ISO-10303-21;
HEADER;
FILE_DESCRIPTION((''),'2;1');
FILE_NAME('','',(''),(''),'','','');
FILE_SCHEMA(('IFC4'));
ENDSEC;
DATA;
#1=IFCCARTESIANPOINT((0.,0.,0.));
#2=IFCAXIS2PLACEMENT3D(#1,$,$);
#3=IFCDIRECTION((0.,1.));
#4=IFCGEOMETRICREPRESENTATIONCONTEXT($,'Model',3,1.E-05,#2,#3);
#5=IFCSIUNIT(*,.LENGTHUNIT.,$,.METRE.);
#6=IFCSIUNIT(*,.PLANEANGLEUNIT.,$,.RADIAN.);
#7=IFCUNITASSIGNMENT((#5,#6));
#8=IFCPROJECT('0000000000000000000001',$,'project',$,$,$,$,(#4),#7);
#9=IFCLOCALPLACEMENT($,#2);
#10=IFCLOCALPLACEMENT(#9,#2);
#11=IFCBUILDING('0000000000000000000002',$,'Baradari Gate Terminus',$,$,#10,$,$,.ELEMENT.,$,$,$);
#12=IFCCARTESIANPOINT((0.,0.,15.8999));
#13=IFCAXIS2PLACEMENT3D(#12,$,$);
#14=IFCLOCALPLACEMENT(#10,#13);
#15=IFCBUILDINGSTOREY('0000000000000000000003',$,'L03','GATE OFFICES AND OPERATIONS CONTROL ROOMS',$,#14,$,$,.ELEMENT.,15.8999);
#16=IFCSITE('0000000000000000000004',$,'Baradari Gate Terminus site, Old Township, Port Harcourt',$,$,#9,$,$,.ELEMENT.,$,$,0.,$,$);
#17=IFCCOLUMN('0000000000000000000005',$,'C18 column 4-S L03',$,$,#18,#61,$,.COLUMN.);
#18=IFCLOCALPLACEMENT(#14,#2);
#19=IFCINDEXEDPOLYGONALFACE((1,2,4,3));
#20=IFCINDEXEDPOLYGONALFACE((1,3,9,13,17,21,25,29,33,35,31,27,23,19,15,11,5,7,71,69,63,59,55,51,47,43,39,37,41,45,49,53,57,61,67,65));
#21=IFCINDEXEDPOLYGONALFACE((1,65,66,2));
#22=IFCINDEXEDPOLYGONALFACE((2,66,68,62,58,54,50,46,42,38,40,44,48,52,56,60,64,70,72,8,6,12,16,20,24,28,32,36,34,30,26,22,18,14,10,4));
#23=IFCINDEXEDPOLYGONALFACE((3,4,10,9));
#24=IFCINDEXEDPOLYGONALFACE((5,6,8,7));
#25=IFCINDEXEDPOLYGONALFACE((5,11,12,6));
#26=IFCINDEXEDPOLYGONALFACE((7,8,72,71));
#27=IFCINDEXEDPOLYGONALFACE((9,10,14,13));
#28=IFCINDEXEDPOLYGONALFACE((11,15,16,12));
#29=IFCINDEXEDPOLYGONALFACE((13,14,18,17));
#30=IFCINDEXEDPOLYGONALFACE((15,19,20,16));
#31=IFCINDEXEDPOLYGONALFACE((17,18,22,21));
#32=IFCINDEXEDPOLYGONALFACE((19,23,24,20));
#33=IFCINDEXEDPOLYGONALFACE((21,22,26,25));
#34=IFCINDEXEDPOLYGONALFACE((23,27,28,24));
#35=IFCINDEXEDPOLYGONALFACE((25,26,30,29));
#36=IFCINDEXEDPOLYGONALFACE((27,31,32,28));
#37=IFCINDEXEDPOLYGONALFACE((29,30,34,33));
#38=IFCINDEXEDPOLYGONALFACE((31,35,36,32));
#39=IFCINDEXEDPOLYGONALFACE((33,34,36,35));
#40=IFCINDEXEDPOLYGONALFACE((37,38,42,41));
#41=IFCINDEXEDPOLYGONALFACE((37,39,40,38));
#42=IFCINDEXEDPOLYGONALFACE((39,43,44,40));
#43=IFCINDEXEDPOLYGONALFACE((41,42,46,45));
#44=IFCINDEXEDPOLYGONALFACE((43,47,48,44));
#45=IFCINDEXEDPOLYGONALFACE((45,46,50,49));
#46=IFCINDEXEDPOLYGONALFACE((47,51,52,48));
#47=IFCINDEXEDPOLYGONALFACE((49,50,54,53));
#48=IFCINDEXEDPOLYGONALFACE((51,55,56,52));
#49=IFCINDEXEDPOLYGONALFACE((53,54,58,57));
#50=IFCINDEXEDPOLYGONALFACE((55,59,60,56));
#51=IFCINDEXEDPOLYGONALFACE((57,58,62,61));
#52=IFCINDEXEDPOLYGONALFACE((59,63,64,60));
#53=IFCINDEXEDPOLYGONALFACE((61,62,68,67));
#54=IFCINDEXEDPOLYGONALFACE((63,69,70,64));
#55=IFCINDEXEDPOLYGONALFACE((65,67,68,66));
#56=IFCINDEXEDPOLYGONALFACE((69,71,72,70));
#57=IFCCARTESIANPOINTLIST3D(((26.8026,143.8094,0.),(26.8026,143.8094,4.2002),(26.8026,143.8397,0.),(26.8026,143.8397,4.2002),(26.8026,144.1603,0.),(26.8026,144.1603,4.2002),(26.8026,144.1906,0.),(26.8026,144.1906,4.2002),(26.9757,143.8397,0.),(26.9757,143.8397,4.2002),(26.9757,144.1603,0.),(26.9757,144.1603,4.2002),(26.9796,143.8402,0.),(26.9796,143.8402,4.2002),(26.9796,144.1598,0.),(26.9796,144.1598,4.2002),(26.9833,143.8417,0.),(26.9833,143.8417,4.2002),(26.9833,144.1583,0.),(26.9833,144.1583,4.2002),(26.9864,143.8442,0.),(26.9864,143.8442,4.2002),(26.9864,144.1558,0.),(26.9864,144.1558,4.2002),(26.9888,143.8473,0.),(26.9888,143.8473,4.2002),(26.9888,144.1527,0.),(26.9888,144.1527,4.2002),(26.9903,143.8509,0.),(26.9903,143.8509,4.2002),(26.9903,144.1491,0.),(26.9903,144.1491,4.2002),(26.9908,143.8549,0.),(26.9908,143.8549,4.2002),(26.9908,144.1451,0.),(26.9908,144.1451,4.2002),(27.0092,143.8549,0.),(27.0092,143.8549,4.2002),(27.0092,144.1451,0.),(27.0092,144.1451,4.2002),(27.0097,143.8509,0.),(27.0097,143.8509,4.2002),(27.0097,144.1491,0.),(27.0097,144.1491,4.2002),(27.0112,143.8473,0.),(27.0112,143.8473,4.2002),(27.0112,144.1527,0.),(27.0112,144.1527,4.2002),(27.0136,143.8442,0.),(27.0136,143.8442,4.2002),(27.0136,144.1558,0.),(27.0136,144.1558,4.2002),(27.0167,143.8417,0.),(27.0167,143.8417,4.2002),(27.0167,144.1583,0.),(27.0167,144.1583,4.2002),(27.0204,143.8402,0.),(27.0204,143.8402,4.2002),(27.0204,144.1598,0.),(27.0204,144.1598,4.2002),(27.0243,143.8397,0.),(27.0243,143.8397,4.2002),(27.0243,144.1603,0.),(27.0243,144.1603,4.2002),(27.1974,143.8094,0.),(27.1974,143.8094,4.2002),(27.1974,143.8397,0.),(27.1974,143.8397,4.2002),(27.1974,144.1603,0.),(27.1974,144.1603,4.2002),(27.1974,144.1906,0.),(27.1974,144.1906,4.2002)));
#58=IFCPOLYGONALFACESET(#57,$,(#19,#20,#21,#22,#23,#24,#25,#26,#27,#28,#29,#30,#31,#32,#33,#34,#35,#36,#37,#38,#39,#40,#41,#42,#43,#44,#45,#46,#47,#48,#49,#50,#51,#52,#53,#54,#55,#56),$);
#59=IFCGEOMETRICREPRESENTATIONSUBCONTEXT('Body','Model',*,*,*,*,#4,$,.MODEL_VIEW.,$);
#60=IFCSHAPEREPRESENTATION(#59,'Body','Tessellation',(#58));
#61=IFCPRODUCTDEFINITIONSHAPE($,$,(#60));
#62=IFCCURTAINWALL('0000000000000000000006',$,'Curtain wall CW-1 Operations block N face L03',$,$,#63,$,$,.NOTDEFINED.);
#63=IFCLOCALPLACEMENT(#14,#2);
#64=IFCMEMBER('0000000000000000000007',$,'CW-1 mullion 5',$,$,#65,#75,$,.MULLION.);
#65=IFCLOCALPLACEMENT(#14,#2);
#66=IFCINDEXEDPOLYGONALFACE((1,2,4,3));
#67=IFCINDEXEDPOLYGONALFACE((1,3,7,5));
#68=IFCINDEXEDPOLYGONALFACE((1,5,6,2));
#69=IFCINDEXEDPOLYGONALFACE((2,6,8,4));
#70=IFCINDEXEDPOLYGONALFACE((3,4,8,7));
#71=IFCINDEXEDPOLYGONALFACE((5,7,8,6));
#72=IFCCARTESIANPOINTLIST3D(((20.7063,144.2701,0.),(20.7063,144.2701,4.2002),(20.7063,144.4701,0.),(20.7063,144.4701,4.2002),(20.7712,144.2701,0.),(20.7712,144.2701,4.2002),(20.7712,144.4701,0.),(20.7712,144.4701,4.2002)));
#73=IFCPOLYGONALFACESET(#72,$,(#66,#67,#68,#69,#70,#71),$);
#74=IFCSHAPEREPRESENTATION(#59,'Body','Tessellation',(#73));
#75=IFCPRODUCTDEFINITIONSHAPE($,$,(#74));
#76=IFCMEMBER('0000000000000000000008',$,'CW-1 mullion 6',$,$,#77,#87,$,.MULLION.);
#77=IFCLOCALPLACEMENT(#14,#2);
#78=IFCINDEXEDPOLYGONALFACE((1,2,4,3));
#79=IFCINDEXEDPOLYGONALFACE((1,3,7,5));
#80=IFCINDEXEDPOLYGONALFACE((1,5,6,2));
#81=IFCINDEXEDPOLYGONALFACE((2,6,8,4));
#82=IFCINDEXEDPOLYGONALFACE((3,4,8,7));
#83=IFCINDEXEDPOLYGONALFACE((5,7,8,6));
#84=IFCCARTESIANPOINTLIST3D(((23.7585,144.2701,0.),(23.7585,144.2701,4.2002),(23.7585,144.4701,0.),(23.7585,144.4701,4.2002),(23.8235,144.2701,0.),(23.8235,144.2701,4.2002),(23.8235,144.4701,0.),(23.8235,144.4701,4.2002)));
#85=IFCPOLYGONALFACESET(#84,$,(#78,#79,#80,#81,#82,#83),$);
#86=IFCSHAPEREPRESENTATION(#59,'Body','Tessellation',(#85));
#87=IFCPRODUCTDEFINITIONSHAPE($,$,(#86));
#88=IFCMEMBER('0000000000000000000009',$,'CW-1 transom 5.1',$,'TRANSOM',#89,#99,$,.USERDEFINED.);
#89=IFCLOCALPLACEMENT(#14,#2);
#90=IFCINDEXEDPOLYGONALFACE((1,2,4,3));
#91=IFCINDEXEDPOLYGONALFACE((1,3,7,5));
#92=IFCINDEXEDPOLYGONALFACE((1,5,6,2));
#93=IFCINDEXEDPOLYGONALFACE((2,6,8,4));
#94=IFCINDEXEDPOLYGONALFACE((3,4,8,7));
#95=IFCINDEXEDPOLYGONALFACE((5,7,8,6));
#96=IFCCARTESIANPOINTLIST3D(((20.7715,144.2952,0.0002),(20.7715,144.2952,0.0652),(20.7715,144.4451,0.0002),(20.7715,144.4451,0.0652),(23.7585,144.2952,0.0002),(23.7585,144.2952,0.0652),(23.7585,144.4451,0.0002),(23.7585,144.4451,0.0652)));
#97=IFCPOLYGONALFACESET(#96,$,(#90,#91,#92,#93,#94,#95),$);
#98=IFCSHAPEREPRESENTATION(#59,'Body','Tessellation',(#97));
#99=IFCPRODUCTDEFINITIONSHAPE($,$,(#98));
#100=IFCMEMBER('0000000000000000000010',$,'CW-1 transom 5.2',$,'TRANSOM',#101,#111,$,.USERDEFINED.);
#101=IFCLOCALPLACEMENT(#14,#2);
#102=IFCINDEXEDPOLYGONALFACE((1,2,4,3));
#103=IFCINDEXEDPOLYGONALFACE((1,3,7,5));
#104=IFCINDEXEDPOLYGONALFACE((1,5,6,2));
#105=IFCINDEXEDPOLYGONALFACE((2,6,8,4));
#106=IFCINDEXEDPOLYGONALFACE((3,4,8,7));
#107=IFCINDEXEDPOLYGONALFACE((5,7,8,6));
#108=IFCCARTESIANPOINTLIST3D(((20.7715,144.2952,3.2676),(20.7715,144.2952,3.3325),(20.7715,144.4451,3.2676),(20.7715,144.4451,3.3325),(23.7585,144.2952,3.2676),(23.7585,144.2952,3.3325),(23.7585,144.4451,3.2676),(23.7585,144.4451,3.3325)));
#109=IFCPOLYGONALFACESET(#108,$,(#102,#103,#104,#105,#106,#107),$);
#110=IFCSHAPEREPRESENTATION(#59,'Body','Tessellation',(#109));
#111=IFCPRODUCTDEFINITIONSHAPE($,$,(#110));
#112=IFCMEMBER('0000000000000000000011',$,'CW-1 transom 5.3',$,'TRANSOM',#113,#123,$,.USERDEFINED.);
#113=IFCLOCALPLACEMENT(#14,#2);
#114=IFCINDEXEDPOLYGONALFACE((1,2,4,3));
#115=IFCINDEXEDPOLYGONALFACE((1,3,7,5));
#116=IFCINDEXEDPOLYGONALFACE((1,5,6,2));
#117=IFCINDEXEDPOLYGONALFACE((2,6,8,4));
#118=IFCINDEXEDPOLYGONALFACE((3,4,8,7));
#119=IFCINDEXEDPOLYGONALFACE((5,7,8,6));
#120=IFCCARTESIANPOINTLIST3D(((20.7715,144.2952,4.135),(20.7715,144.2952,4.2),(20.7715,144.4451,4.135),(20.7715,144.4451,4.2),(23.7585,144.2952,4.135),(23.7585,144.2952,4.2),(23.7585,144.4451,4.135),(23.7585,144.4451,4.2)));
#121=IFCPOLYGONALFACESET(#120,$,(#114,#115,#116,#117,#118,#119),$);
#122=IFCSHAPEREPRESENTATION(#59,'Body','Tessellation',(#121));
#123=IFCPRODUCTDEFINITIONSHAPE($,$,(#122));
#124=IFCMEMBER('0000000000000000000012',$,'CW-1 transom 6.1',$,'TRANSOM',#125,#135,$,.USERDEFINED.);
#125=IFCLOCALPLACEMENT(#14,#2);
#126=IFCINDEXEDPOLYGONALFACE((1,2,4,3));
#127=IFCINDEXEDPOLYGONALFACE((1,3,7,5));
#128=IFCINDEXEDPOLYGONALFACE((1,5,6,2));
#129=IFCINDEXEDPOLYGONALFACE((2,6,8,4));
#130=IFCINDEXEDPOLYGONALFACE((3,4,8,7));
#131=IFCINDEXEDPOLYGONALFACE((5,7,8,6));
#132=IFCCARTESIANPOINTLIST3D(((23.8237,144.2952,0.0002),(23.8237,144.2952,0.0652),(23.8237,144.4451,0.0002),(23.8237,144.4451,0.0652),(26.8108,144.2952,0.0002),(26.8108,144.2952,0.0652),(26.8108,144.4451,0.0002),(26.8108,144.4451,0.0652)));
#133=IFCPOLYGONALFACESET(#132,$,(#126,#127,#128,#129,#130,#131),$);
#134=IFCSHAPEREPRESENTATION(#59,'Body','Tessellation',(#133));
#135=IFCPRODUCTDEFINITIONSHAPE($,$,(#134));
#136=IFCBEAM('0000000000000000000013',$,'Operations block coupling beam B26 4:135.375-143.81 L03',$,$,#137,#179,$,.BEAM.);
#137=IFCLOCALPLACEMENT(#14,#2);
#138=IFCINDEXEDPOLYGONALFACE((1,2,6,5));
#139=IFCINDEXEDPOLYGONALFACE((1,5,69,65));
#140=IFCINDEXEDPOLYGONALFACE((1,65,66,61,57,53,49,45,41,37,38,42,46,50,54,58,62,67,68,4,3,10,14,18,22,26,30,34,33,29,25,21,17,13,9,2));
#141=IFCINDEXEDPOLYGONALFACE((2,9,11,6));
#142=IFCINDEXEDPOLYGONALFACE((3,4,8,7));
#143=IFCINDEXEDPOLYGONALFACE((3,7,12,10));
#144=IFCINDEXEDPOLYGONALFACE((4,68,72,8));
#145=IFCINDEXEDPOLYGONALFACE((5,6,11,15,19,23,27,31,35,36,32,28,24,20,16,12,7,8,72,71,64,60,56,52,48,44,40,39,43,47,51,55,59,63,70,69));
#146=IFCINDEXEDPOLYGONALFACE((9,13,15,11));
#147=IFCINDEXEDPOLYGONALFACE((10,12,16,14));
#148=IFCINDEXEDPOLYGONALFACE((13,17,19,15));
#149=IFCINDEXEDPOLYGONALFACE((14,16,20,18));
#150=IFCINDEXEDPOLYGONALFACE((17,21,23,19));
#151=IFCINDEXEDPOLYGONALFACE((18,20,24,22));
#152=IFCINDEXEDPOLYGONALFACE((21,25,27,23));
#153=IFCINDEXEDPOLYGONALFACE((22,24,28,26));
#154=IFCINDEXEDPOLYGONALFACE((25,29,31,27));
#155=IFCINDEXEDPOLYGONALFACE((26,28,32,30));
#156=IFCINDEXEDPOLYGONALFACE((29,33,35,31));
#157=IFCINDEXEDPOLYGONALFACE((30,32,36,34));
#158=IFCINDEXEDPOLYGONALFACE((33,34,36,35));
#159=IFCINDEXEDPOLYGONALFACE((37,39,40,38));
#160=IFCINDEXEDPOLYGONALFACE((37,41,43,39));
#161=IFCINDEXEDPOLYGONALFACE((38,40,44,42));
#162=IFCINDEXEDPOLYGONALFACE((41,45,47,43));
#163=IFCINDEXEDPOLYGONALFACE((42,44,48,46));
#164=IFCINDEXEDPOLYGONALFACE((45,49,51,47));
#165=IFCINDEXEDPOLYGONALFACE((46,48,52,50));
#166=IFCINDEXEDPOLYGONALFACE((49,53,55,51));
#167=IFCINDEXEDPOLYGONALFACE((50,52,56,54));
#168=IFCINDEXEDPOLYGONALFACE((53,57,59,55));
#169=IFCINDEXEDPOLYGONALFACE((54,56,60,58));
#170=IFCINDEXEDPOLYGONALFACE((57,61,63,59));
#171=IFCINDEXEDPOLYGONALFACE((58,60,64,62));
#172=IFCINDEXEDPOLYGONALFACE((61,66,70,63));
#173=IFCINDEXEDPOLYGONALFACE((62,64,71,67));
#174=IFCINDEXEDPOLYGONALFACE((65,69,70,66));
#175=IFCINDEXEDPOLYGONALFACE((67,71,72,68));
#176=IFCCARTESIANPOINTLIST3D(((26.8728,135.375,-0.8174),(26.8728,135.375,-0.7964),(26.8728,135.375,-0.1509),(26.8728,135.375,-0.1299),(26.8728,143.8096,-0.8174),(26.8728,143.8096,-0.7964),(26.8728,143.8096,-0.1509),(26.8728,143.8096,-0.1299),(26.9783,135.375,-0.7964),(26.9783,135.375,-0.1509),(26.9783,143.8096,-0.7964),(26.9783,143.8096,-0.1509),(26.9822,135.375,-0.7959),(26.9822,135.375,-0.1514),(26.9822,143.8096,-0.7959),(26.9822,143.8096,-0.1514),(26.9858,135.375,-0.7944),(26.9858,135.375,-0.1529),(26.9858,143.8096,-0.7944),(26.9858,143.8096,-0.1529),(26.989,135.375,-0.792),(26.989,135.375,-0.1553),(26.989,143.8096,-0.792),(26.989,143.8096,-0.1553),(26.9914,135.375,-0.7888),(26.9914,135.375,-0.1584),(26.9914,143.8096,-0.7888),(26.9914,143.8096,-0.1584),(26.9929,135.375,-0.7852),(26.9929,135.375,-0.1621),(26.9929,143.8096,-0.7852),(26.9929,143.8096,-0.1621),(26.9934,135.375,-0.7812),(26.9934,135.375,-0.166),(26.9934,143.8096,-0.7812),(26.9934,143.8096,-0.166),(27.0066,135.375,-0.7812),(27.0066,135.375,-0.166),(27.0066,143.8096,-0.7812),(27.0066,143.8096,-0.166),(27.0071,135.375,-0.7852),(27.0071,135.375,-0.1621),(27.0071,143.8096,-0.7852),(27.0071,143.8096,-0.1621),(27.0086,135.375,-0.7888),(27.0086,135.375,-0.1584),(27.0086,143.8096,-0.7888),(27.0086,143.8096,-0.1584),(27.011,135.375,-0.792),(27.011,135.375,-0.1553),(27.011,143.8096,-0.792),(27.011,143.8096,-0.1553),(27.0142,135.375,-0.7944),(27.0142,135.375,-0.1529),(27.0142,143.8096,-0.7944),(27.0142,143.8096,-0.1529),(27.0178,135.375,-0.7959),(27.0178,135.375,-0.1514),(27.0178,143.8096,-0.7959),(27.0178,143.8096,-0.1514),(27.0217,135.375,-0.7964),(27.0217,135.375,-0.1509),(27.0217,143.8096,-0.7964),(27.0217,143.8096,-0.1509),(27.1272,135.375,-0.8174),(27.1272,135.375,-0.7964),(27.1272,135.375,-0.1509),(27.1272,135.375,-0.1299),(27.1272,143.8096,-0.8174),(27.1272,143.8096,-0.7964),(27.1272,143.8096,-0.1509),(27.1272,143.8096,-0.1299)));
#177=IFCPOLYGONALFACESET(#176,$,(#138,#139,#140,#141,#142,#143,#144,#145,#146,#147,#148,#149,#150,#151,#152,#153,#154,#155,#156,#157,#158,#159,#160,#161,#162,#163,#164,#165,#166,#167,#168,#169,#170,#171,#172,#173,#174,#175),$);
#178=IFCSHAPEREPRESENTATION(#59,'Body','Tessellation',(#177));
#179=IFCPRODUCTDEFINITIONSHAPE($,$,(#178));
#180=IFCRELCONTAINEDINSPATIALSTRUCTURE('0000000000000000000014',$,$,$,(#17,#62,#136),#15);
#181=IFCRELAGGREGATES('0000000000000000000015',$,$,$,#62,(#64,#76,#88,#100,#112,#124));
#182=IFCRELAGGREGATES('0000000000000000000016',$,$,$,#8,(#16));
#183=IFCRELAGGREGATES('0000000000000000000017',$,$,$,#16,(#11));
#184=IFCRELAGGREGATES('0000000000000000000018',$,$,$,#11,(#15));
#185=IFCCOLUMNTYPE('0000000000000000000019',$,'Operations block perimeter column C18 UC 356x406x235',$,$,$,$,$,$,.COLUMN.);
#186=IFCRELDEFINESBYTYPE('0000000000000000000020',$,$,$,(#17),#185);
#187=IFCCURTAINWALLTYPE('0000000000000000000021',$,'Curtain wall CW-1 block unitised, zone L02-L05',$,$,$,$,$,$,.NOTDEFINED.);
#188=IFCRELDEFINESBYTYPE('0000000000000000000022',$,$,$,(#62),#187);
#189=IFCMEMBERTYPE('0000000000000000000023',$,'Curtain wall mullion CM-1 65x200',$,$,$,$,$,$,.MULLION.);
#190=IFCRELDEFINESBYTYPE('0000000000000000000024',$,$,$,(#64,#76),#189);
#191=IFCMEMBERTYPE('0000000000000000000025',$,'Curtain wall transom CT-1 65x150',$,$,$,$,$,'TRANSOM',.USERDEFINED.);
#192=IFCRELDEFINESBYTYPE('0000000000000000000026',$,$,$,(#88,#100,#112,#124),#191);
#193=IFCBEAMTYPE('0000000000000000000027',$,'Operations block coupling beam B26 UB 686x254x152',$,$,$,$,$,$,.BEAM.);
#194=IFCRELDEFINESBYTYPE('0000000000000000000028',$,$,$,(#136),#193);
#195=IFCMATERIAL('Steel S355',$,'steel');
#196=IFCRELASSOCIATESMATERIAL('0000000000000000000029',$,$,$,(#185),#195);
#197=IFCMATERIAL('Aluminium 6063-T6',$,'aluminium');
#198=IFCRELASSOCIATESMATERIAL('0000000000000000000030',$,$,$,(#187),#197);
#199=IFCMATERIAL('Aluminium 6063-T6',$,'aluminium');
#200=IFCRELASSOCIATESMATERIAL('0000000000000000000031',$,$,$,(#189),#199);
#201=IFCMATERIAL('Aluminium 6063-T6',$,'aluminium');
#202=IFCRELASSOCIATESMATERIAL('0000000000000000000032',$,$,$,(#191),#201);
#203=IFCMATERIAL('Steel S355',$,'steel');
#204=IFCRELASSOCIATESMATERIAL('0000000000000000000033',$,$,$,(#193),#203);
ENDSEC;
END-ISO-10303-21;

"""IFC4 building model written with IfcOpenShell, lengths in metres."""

from ifc_helpers import new_model, si_unit, direction, frame, origin, origin_2d, place, context, subcontext, project, spatial, rectangle, i_section, extrude, material, material_profile, profile_set, type_object, element, aggregate, save


model = new_model("IFC4")

# Units and contexts
model_context = context("Model", 3, precision=1e-05, world=origin(), true_north=direction((0.0, 1.0)))
body_context = subcontext(model_context, "Body", "Model", "MODEL_VIEW")
ifc_project = project(units=[si_unit("LENGTHUNIT", "METRE"), si_unit("PLANEANGLEUNIT", "RADIAN")], contexts=[model_context])

# Site, building, storey
site_placement = place(None, origin())
site = spatial("IfcSite", under=ifc_project, at=site_placement, Name="Baradari Gate Terminus site, Old Township, Port Harcourt", CompositionType="ELEMENT", RefElevation=0.0)
building_placement = place(site_placement, origin())
building = spatial("IfcBuilding", under=site, at=building_placement, Name="Baradari Gate Terminus", CompositionType="ELEMENT")
storey_placement = place(building_placement, frame((0.0, 0.0, 15.8999)))
storey = spatial("IfcBuildingStorey", under=building, at=storey_placement, Name="L03", Description="GATE OFFICES AND OPERATIONS CONTROL ROOMS", CompositionType="ELEMENT", Elevation=15.8999)

# Column
ifc_material_1 = material(Name="Steel S355", Category="steel")
ifc_material_profile_1 = material_profile(ifc_material_1, i_section(OverallWidth=0.3948, OverallDepth=0.3811, WebThickness=0.0183, FlangeThickness=0.0303, FilletRadius=0.0151, at=origin_2d()), Name="UC 356x406x235")
ifc_profile_set_1 = profile_set([ifc_material_profile_1], Name="Steel S355")
column_type = type_object("IfcColumnType", Name="Operations block perimeter column C18 UC 356x406x235", PredefinedType="COLUMN", material=ifc_profile_set_1)
column_placement = place(storey_placement, frame((27.0, 144.0, 0.0), z_axis=(0.0, 0.0, 1.0), x_axis=(1.0, 0.0, 0.0)))
element("IfcColumn", 1, at=column_placement, inside=storey, type_object=column_type, Name="C18 column 4-S L03", PredefinedType="COLUMN", context=body_context, shape_type="SweptSolid", body=[
    extrude(i_section(OverallWidth=0.3948, OverallDepth=0.3811, WebThickness=0.0183, FlangeThickness=0.0303, FilletRadius=0.0151, at=origin_2d()), origin(), (0.0, 0.0, 1.0), 4.2002),
])

# Curtain wall, members
ifc_material_2 = material(Name="Aluminium 6063-T6", Category="aluminium")
curtain_wall_type = type_object("IfcCurtainWallType", Name="Curtain wall CW-1 block unitised, zone L02-L05", PredefinedType="NOTDEFINED", material=ifc_material_2)
curtain_wall_placement = place(storey_placement, origin())
curtain_wall = element("IfcCurtainWall", 2, at=curtain_wall_placement, inside=storey, type_object=curtain_wall_type, Name="Curtain wall CW-1 Operations block N face L03", PredefinedType="NOTDEFINED")
ifc_material_3 = material(Name="Aluminium 6063-T6", Category="aluminium")
ifc_material_profile_2 = material_profile(ifc_material_3, rectangle(XDim=0.2, YDim=0.0649, at=origin_2d()), Name="CM-1 65X200")
ifc_profile_set_2 = profile_set([ifc_material_profile_2], Name="Aluminium 6063-T6")
member_type_1 = type_object("IfcMemberType", Name="Curtain wall mullion CM-1 65x200", PredefinedType="MULLION", material=ifc_profile_set_2)
member_1_placement = place(storey_placement, frame((20.7388, 144.3701, 0.0), z_axis=(0.0, 0.0, 1.0), x_axis=(0.0, 1.0, 0.0)))
member_1 = element("IfcMember", 3, at=member_1_placement, type_object=member_type_1, Name="CW-1 mullion 5", PredefinedType="MULLION", context=body_context, shape_type="SweptSolid", body=[
    extrude(rectangle(XDim=0.2, YDim=0.0649, at=origin_2d()), origin(), (0.0, 0.0, 1.0), 4.2002),
])
member_2_placement = place(storey_placement, frame((23.791, 144.3701, 0.0), z_axis=(0.0, 0.0, 1.0), x_axis=(0.0, 1.0, 0.0)))
member_2 = element("IfcMember", 4, at=member_2_placement, type_object=member_type_1, Name="CW-1 mullion 6", PredefinedType="MULLION", context=body_context, shape_type="SweptSolid", body=[
    extrude(rectangle(XDim=0.2, YDim=0.0649, at=origin_2d()), origin(), (0.0, 0.0, 1.0), 4.2002),
])
ifc_material_4 = material(Name="Aluminium 6063-T6", Category="aluminium")
ifc_material_profile_3 = material_profile(ifc_material_4, rectangle(XDim=0.1499, YDim=0.0649, at=origin_2d()), Name="CT-1 65X150")
ifc_profile_set_3 = profile_set([ifc_material_profile_3], Name="Aluminium 6063-T6")
member_type_2 = type_object("IfcMemberType", Name="Curtain wall transom CT-1 65x150", ElementType="TRANSOM", PredefinedType="USERDEFINED", material=ifc_profile_set_3)
member_3_placement = place(storey_placement, frame((20.7715, 144.3701, 0.0327), z_axis=(1.0, 0.0, 0.0), x_axis=(0.0, 1.0, 0.0)))
member_3 = element("IfcMember", 5, at=member_3_placement, type_object=member_type_2, Name="CW-1 transom 5.1", ObjectType="TRANSOM", PredefinedType="USERDEFINED", context=body_context, shape_type="SweptSolid", body=[
    extrude(rectangle(XDim=0.1499, YDim=0.0649, at=origin_2d()), origin(), (0.0, 0.0, 1.0), 2.9871),
])
member_4_placement = place(storey_placement, frame((20.7715, 144.3701, 3.3), z_axis=(1.0, 0.0, 0.0), x_axis=(0.0, 1.0, 0.0)))
member_4 = element("IfcMember", 6, at=member_4_placement, type_object=member_type_2, Name="CW-1 transom 5.2", ObjectType="TRANSOM", PredefinedType="USERDEFINED", context=body_context, shape_type="SweptSolid", body=[
    extrude(rectangle(XDim=0.1499, YDim=0.0649, at=origin_2d()), origin(), (0.0, 0.0, 1.0), 2.9871),
])
member_5_placement = place(storey_placement, frame((20.7715, 144.3701, 4.1675), z_axis=(1.0, 0.0, 0.0), x_axis=(0.0, 1.0, 0.0)))
member_5 = element("IfcMember", 7, at=member_5_placement, type_object=member_type_2, Name="CW-1 transom 5.3", ObjectType="TRANSOM", PredefinedType="USERDEFINED", context=body_context, shape_type="SweptSolid", body=[
    extrude(rectangle(XDim=0.1499, YDim=0.0649, at=origin_2d()), origin(), (0.0, 0.0, 1.0), 2.9871),
])
member_6_placement = place(storey_placement, frame((23.8237, 144.3701, 0.0327), z_axis=(1.0, 0.0, 0.0), x_axis=(0.0, 1.0, 0.0)))
member_6 = element("IfcMember", 8, at=member_6_placement, type_object=member_type_2, Name="CW-1 transom 6.1", ObjectType="TRANSOM", PredefinedType="USERDEFINED", context=body_context, shape_type="SweptSolid", body=[
    extrude(rectangle(XDim=0.1499, YDim=0.0649, at=origin_2d()), origin(), (0.0, 0.0, 1.0), 2.9871),
])

# Beam
ifc_material_5 = material(Name="Steel S355", Category="steel")
ifc_material_profile_4 = material_profile(ifc_material_5, i_section(OverallWidth=0.2544, OverallDepth=0.6875, WebThickness=0.0132, FlangeThickness=0.021, FilletRadius=0.0151, at=origin_2d()), Name="UB 686x254x152")
ifc_profile_set_4 = profile_set([ifc_material_profile_4], Name="Steel S355")
beam_type_1 = type_object("IfcBeamType", Name="Operations block coupling beam B26 UB 686x254x152", PredefinedType="BEAM", material=ifc_profile_set_4)
beam_1_placement = place(storey_placement, frame((27.0, 135.375, -0.4736), z_axis=(0.0, 1.0, 0.0), x_axis=(-1.0, 0.0, 0.0)))
element("IfcBeam", 9, at=beam_1_placement, inside=storey, type_object=beam_type_1, Name="Operations block coupling beam B26 4:135.375-143.81 L03", PredefinedType="BEAM", context=body_context, shape_type="SweptSolid", body=[
    extrude(i_section(OverallWidth=0.2544, OverallDepth=0.6875, WebThickness=0.0132, FlangeThickness=0.021, FilletRadius=0.0151, at=origin_2d()), origin(), (0.0, 0.0, 1.0), 8.4346),
])

aggregate(curtain_wall, [member_1, member_2, member_3, member_4, member_5, member_6])

save(model, "model.ifc")
